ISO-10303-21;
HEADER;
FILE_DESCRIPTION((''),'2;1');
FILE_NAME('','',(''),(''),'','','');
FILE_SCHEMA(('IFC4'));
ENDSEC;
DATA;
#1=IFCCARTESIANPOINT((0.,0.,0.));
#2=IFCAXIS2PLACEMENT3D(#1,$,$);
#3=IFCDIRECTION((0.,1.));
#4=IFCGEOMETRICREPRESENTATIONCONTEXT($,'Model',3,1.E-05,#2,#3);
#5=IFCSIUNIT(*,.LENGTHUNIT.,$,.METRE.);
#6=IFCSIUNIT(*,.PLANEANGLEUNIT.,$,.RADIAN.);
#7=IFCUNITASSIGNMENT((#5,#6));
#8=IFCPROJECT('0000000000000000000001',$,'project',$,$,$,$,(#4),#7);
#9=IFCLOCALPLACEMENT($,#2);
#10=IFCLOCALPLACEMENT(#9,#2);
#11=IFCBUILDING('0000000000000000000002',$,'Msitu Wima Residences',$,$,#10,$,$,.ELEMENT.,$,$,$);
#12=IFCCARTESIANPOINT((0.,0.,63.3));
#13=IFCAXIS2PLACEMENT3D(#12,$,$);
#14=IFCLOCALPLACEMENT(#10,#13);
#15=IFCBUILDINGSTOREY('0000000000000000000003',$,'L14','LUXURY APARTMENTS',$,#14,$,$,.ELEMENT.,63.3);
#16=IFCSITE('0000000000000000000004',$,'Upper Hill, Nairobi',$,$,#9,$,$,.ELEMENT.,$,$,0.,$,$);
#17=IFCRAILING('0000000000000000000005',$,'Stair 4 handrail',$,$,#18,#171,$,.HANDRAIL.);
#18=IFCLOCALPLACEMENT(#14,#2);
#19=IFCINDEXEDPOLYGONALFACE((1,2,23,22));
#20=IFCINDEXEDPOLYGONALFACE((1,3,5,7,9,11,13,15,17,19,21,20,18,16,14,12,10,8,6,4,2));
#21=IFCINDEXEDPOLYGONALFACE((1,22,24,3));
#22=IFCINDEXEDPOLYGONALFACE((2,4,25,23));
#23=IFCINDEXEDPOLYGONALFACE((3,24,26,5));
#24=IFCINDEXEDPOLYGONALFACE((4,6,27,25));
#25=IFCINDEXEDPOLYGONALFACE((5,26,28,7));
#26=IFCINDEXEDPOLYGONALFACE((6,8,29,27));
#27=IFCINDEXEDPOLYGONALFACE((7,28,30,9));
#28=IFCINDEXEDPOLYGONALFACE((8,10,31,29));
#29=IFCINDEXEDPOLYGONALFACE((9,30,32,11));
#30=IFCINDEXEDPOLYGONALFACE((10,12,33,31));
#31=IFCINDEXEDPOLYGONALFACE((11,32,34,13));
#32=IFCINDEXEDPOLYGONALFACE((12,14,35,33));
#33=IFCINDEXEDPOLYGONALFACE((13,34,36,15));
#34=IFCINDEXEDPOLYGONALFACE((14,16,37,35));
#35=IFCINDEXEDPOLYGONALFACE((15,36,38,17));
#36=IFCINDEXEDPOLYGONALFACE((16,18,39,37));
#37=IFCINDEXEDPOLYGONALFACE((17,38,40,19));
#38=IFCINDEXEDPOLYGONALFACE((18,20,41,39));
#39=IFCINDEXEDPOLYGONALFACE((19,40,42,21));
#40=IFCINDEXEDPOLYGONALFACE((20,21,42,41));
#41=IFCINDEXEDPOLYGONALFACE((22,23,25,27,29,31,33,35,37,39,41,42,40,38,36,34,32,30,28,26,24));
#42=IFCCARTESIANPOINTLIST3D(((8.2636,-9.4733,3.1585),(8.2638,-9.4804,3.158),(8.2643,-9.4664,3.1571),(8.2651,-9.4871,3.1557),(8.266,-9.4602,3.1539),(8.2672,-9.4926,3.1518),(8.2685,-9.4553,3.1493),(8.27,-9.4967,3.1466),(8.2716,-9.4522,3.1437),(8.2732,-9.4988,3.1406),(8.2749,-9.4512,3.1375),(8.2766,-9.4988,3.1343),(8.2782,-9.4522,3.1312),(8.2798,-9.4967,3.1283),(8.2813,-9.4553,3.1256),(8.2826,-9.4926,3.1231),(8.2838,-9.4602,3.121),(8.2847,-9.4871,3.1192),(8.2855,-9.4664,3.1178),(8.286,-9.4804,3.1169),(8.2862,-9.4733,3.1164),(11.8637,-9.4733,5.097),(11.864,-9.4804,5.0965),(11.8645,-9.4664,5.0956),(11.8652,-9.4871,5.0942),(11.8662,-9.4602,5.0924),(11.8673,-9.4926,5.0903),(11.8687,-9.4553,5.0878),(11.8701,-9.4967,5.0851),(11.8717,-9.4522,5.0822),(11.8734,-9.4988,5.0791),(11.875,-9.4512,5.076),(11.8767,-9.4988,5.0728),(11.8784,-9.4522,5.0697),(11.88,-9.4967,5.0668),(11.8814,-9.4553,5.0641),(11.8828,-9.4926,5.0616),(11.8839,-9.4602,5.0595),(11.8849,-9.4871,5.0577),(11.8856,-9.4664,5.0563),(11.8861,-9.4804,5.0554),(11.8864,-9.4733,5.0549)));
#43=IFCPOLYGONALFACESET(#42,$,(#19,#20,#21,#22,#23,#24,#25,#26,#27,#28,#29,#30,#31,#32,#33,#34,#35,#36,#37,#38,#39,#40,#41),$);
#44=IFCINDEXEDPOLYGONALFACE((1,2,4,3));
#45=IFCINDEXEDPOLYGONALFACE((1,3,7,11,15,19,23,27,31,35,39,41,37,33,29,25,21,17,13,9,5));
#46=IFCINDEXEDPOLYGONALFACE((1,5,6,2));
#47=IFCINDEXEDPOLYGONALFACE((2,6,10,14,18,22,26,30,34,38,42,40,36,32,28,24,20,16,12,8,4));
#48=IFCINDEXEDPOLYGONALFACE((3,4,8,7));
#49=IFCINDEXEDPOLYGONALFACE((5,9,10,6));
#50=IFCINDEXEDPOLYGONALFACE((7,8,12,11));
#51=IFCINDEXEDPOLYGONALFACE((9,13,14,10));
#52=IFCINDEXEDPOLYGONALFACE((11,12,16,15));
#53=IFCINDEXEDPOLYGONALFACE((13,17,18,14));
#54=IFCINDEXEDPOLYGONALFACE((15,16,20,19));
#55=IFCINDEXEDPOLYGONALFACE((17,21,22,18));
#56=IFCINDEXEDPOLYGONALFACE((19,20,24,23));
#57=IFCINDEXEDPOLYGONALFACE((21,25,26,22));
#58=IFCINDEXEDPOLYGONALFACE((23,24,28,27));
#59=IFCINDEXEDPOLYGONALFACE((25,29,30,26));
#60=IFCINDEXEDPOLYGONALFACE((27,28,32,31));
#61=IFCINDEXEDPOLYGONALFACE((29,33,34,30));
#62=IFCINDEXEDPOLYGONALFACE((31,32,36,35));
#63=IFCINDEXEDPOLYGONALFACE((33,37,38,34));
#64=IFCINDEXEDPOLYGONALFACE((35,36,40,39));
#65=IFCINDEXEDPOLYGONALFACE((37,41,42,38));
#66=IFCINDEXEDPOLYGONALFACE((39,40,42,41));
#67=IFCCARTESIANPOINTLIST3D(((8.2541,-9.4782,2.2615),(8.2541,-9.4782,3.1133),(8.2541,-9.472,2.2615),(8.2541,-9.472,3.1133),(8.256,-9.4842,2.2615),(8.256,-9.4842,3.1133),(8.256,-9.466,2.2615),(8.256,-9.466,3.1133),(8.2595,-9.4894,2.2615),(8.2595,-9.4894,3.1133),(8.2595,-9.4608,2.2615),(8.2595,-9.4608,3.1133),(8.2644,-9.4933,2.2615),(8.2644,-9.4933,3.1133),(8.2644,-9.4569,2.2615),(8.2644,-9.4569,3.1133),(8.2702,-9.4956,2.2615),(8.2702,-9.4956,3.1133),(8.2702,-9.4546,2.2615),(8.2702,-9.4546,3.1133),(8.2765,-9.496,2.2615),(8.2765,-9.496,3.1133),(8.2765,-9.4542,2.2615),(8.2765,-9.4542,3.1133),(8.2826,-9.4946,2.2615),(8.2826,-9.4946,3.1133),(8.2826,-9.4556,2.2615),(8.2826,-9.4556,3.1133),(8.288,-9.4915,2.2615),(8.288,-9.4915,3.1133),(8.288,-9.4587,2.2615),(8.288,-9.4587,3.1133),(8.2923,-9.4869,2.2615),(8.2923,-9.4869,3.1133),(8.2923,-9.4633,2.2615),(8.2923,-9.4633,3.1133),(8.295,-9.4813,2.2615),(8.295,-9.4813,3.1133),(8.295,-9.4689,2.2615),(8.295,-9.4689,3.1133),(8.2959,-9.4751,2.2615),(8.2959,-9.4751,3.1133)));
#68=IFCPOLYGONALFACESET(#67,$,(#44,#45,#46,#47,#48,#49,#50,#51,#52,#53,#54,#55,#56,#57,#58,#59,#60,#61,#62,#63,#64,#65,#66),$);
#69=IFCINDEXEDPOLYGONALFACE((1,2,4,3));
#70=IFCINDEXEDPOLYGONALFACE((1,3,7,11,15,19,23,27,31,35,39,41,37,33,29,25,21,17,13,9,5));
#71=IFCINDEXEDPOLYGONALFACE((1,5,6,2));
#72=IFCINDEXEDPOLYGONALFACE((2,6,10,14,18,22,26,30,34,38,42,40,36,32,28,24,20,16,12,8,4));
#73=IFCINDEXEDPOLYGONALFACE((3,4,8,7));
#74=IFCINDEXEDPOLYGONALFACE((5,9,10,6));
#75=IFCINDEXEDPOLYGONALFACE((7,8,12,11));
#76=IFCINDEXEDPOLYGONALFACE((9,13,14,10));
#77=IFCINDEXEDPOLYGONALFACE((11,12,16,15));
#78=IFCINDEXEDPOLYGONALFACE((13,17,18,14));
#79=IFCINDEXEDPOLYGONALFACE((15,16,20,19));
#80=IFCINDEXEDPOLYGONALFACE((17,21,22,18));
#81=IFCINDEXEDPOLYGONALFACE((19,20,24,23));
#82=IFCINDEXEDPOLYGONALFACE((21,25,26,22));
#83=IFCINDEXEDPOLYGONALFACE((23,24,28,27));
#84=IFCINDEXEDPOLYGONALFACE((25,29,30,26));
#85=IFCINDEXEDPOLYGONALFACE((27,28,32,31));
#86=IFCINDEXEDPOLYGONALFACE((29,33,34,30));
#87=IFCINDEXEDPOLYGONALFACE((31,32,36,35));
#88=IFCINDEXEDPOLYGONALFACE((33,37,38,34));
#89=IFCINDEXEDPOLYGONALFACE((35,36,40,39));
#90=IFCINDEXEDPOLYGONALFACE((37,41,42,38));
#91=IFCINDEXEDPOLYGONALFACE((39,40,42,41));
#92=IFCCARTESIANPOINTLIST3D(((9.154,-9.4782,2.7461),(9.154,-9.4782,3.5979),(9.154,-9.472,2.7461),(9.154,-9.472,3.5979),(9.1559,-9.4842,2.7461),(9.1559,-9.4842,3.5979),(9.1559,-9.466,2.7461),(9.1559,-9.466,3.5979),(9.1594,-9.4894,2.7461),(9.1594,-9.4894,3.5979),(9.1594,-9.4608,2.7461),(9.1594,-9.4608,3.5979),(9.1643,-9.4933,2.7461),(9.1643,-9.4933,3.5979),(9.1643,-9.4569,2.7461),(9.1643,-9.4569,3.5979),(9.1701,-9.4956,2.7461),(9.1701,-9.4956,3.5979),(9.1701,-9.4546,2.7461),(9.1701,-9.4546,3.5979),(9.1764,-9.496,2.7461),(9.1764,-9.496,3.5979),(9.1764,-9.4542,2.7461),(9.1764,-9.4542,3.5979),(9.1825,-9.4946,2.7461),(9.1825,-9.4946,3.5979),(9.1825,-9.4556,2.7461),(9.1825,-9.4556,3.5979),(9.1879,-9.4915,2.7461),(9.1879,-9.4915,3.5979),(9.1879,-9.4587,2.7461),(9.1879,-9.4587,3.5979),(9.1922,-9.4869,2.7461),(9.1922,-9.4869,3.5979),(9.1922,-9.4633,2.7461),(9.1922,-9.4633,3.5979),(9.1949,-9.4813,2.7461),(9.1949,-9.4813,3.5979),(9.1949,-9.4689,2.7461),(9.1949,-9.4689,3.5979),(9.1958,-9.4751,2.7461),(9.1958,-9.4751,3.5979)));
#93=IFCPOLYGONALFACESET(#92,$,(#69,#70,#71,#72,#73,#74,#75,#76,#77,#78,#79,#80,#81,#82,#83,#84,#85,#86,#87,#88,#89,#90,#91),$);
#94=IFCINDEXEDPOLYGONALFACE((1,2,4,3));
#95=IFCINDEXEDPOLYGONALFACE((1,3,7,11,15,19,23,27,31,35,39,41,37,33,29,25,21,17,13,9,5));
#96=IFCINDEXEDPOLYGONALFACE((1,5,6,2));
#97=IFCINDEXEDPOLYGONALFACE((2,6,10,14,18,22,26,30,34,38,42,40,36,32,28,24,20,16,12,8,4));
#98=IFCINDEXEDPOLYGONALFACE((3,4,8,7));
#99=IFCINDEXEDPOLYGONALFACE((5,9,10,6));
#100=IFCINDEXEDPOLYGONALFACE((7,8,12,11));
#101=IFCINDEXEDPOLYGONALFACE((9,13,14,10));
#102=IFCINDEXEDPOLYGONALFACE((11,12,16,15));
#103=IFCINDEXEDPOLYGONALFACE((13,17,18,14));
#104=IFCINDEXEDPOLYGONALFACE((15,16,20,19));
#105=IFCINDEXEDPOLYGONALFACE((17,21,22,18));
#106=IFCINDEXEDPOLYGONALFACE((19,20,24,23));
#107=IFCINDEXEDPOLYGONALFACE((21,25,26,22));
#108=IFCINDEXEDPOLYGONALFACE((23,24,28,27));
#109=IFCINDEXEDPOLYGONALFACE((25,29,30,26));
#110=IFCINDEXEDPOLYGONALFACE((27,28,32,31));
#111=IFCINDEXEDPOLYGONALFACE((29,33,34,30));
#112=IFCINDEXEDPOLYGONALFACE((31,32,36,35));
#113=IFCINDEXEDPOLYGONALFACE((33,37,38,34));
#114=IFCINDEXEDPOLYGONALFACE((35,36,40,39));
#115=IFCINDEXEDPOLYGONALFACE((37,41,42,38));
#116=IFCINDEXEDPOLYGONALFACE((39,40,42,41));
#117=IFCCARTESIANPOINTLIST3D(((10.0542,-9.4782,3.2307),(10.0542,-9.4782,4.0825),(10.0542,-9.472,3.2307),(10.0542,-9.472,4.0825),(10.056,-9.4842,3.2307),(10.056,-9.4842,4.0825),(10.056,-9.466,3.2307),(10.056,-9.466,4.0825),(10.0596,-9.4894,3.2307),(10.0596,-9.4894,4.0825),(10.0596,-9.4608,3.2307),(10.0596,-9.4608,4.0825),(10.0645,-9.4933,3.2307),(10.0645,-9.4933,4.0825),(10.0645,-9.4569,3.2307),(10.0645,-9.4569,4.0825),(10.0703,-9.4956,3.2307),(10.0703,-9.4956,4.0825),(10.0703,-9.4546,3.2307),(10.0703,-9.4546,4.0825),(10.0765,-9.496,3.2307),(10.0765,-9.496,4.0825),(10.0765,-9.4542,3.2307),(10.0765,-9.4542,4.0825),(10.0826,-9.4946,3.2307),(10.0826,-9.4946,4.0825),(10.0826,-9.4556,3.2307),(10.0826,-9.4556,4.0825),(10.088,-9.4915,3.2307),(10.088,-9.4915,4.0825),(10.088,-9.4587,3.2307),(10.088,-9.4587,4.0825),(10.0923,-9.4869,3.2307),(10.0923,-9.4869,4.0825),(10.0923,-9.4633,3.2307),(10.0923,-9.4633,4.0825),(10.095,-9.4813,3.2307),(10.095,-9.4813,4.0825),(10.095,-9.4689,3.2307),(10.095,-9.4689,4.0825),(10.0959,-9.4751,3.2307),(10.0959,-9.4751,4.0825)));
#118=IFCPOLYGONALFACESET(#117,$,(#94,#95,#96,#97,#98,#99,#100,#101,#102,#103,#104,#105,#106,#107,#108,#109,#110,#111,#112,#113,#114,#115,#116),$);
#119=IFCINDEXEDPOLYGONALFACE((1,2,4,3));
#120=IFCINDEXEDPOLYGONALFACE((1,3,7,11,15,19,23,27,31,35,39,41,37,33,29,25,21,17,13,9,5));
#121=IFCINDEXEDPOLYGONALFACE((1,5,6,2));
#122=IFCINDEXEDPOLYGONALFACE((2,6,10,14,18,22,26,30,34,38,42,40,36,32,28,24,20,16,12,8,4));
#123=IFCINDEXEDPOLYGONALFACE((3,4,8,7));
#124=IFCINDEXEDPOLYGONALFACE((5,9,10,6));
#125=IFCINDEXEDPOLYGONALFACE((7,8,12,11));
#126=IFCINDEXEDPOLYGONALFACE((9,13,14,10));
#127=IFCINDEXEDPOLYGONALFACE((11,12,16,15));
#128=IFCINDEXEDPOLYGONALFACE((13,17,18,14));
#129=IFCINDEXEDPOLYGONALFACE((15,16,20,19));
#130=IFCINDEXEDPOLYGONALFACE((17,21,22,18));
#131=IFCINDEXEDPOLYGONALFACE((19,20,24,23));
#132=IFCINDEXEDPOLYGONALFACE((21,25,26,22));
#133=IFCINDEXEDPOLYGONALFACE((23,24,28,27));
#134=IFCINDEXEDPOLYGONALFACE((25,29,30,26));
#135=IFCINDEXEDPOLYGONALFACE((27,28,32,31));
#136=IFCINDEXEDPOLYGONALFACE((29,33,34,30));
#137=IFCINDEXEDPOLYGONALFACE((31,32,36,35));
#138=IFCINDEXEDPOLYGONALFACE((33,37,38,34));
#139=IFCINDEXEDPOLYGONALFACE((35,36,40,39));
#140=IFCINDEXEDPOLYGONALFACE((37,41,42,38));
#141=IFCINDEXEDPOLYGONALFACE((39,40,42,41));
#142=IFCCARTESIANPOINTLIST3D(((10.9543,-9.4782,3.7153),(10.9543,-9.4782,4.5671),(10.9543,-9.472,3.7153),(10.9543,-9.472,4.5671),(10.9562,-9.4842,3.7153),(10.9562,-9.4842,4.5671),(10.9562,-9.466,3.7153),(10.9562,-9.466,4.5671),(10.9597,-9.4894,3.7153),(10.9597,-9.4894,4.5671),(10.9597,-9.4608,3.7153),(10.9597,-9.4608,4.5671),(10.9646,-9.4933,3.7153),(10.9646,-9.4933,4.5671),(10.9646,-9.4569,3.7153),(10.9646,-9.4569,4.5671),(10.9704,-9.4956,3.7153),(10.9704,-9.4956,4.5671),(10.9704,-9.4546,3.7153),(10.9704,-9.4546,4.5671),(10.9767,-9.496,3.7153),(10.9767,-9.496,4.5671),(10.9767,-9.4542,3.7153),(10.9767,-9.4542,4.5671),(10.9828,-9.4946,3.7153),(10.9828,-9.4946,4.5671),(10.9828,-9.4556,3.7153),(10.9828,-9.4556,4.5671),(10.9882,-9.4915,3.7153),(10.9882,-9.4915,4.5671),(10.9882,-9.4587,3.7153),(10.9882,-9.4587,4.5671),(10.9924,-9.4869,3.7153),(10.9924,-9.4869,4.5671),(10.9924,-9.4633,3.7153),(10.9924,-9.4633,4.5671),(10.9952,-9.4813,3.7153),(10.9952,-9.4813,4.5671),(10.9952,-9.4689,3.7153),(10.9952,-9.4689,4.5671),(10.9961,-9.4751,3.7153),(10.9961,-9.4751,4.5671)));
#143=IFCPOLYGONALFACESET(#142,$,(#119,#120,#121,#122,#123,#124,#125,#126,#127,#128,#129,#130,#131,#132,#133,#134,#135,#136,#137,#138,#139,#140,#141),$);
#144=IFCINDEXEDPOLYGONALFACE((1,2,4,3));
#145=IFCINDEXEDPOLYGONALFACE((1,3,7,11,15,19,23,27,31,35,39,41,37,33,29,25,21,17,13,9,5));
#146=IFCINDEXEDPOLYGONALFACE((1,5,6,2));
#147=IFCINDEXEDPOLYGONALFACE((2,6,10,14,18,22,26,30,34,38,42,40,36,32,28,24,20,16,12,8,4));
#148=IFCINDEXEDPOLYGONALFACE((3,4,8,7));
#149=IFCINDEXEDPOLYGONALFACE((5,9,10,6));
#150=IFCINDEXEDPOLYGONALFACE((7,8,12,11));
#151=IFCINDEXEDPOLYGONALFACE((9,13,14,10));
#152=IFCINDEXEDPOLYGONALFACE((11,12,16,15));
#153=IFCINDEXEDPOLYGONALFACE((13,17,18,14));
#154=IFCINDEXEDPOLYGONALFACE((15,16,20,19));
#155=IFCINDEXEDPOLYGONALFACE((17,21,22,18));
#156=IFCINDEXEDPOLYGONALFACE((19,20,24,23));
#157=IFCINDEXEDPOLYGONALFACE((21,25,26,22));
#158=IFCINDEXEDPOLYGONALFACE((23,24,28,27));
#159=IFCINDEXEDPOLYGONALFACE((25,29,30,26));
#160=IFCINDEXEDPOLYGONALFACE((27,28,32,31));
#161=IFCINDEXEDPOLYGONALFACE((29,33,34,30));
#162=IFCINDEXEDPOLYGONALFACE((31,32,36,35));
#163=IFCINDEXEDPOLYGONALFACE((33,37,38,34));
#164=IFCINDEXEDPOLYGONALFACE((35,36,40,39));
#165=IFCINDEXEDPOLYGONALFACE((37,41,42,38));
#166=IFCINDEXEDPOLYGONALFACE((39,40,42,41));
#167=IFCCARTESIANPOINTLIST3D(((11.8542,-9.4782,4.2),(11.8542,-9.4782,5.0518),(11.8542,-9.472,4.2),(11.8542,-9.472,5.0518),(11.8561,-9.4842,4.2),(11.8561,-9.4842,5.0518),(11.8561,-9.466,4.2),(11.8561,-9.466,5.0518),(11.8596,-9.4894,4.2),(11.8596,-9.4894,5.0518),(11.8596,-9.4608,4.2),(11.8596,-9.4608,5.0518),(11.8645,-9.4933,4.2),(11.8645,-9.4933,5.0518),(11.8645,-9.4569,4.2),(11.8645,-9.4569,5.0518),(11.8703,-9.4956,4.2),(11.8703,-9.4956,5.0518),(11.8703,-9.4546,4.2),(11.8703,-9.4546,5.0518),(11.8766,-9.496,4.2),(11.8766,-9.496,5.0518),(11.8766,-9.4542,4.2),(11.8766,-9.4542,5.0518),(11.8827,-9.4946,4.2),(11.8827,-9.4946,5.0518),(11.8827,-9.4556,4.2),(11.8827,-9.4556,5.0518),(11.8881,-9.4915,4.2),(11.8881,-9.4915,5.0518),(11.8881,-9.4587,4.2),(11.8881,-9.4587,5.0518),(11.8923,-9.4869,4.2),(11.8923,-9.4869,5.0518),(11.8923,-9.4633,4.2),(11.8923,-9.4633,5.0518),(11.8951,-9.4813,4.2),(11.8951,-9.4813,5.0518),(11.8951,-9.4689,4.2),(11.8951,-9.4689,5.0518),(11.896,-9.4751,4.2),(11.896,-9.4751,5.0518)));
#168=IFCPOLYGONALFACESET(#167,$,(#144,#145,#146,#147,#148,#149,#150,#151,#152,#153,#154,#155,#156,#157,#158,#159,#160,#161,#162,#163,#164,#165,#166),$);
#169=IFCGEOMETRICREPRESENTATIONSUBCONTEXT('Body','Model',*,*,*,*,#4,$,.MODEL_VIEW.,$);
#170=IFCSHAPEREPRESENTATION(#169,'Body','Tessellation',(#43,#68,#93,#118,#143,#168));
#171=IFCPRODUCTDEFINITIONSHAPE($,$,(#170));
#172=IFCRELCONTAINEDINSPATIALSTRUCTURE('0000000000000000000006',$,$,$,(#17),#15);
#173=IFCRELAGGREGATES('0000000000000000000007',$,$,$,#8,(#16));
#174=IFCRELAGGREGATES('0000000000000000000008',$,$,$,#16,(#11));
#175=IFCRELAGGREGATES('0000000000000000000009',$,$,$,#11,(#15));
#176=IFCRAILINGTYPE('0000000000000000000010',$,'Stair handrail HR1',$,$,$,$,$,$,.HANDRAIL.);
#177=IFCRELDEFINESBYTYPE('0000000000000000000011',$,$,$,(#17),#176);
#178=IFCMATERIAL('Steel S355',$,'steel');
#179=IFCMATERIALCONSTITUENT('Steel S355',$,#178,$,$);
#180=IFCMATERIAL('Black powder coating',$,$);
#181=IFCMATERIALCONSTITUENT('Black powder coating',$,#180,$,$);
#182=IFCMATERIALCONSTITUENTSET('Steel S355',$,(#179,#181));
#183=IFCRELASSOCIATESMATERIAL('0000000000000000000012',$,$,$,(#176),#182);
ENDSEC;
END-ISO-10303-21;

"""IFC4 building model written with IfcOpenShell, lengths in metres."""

from ifc_helpers import new_model, si_unit, direction, frame, origin, origin_2d, place, context, subcontext, project, spatial, circle, extrude, material, constituent, constituent_set, type_object, element, save


model = new_model("IFC4")

# Units and contexts
model_context = context("Model", 3, precision=1e-05, world=origin(), true_north=direction((0.0, 1.0)))
body_context = subcontext(model_context, "Body", "Model", "MODEL_VIEW")
ifc_project = project(units=[si_unit("LENGTHUNIT", "METRE"), si_unit("PLANEANGLEUNIT", "RADIAN")], contexts=[model_context])

# Site, building, storey
site_placement = place(None, origin())
site = spatial("IfcSite", under=ifc_project, at=site_placement, Name="Upper Hill, Nairobi", CompositionType="ELEMENT", RefElevation=0.0)
building_placement = place(site_placement, origin())
building = spatial("IfcBuilding", under=site, at=building_placement, Name="Msitu Wima Residences", CompositionType="ELEMENT")
storey_placement = place(building_placement, frame((0.0, 0.0, 63.3)))
storey = spatial("IfcBuildingStorey", under=building, at=storey_placement, Name="L14", Description="LUXURY APARTMENTS", CompositionType="ELEMENT", Elevation=63.3)

# Railing
ifc_material_1 = material(Name="Steel S355", Category="steel")
ifc_constituent_1 = constituent(ifc_material_1, Name="Steel S355")
ifc_material_2 = material(Name="Black powder coating")
ifc_constituent_2 = constituent(ifc_material_2, Name="Black powder coating")
ifc_constituent_set = constituent_set(constituents=[ifc_constituent_1, ifc_constituent_2], Name="Steel S355")
railing_type = type_object("IfcRailingType", Name="Stair handrail HR1", PredefinedType="HANDRAIL", material=ifc_constituent_set)
for number, where, name in (
    (1, (8.2749, -9.4751, 2.2615), "Stair 4 handrail"),
):
    element("IfcRailing", number, at=place(storey_placement, frame(where)), inside=storey, type_object=railing_type, Name=name, PredefinedType="HANDRAIL", context=body_context, shape_type="SweptSolid", body=[
        extrude(circle(Radius=0.0239, at=origin_2d()), frame((0.0, 0.0, 0.876), z_axis=(0.880475, 0.0, 0.474093), x_axis=(0.0, 1.0, 0.0)), (0.0, 0.0, 1.0), 4.0889),
        extrude(circle(Radius=0.021, at=origin_2d()), origin(), (0.0, 0.0, 1.0), 0.8518),
        extrude(circle(Radius=0.021, at=origin_2d()), frame((0.8999, 0.0, 0.4846)), (0.0, 0.0, 1.0), 0.8518),
        extrude(circle(Radius=0.021, at=origin_2d()), frame((1.8, 0.0, 0.9692)), (0.0, 0.0, 1.0), 0.8518),
        extrude(circle(Radius=0.021, at=origin_2d()), frame((2.7002, 0.0, 1.4539)), (0.0, 0.0, 1.0), 0.8518),
        extrude(circle(Radius=0.021, at=origin_2d()), frame((3.6001, 0.0, 1.9385)), (0.0, 0.0, 1.0), 0.8518),
    ])

save(model, "model.ifc")
